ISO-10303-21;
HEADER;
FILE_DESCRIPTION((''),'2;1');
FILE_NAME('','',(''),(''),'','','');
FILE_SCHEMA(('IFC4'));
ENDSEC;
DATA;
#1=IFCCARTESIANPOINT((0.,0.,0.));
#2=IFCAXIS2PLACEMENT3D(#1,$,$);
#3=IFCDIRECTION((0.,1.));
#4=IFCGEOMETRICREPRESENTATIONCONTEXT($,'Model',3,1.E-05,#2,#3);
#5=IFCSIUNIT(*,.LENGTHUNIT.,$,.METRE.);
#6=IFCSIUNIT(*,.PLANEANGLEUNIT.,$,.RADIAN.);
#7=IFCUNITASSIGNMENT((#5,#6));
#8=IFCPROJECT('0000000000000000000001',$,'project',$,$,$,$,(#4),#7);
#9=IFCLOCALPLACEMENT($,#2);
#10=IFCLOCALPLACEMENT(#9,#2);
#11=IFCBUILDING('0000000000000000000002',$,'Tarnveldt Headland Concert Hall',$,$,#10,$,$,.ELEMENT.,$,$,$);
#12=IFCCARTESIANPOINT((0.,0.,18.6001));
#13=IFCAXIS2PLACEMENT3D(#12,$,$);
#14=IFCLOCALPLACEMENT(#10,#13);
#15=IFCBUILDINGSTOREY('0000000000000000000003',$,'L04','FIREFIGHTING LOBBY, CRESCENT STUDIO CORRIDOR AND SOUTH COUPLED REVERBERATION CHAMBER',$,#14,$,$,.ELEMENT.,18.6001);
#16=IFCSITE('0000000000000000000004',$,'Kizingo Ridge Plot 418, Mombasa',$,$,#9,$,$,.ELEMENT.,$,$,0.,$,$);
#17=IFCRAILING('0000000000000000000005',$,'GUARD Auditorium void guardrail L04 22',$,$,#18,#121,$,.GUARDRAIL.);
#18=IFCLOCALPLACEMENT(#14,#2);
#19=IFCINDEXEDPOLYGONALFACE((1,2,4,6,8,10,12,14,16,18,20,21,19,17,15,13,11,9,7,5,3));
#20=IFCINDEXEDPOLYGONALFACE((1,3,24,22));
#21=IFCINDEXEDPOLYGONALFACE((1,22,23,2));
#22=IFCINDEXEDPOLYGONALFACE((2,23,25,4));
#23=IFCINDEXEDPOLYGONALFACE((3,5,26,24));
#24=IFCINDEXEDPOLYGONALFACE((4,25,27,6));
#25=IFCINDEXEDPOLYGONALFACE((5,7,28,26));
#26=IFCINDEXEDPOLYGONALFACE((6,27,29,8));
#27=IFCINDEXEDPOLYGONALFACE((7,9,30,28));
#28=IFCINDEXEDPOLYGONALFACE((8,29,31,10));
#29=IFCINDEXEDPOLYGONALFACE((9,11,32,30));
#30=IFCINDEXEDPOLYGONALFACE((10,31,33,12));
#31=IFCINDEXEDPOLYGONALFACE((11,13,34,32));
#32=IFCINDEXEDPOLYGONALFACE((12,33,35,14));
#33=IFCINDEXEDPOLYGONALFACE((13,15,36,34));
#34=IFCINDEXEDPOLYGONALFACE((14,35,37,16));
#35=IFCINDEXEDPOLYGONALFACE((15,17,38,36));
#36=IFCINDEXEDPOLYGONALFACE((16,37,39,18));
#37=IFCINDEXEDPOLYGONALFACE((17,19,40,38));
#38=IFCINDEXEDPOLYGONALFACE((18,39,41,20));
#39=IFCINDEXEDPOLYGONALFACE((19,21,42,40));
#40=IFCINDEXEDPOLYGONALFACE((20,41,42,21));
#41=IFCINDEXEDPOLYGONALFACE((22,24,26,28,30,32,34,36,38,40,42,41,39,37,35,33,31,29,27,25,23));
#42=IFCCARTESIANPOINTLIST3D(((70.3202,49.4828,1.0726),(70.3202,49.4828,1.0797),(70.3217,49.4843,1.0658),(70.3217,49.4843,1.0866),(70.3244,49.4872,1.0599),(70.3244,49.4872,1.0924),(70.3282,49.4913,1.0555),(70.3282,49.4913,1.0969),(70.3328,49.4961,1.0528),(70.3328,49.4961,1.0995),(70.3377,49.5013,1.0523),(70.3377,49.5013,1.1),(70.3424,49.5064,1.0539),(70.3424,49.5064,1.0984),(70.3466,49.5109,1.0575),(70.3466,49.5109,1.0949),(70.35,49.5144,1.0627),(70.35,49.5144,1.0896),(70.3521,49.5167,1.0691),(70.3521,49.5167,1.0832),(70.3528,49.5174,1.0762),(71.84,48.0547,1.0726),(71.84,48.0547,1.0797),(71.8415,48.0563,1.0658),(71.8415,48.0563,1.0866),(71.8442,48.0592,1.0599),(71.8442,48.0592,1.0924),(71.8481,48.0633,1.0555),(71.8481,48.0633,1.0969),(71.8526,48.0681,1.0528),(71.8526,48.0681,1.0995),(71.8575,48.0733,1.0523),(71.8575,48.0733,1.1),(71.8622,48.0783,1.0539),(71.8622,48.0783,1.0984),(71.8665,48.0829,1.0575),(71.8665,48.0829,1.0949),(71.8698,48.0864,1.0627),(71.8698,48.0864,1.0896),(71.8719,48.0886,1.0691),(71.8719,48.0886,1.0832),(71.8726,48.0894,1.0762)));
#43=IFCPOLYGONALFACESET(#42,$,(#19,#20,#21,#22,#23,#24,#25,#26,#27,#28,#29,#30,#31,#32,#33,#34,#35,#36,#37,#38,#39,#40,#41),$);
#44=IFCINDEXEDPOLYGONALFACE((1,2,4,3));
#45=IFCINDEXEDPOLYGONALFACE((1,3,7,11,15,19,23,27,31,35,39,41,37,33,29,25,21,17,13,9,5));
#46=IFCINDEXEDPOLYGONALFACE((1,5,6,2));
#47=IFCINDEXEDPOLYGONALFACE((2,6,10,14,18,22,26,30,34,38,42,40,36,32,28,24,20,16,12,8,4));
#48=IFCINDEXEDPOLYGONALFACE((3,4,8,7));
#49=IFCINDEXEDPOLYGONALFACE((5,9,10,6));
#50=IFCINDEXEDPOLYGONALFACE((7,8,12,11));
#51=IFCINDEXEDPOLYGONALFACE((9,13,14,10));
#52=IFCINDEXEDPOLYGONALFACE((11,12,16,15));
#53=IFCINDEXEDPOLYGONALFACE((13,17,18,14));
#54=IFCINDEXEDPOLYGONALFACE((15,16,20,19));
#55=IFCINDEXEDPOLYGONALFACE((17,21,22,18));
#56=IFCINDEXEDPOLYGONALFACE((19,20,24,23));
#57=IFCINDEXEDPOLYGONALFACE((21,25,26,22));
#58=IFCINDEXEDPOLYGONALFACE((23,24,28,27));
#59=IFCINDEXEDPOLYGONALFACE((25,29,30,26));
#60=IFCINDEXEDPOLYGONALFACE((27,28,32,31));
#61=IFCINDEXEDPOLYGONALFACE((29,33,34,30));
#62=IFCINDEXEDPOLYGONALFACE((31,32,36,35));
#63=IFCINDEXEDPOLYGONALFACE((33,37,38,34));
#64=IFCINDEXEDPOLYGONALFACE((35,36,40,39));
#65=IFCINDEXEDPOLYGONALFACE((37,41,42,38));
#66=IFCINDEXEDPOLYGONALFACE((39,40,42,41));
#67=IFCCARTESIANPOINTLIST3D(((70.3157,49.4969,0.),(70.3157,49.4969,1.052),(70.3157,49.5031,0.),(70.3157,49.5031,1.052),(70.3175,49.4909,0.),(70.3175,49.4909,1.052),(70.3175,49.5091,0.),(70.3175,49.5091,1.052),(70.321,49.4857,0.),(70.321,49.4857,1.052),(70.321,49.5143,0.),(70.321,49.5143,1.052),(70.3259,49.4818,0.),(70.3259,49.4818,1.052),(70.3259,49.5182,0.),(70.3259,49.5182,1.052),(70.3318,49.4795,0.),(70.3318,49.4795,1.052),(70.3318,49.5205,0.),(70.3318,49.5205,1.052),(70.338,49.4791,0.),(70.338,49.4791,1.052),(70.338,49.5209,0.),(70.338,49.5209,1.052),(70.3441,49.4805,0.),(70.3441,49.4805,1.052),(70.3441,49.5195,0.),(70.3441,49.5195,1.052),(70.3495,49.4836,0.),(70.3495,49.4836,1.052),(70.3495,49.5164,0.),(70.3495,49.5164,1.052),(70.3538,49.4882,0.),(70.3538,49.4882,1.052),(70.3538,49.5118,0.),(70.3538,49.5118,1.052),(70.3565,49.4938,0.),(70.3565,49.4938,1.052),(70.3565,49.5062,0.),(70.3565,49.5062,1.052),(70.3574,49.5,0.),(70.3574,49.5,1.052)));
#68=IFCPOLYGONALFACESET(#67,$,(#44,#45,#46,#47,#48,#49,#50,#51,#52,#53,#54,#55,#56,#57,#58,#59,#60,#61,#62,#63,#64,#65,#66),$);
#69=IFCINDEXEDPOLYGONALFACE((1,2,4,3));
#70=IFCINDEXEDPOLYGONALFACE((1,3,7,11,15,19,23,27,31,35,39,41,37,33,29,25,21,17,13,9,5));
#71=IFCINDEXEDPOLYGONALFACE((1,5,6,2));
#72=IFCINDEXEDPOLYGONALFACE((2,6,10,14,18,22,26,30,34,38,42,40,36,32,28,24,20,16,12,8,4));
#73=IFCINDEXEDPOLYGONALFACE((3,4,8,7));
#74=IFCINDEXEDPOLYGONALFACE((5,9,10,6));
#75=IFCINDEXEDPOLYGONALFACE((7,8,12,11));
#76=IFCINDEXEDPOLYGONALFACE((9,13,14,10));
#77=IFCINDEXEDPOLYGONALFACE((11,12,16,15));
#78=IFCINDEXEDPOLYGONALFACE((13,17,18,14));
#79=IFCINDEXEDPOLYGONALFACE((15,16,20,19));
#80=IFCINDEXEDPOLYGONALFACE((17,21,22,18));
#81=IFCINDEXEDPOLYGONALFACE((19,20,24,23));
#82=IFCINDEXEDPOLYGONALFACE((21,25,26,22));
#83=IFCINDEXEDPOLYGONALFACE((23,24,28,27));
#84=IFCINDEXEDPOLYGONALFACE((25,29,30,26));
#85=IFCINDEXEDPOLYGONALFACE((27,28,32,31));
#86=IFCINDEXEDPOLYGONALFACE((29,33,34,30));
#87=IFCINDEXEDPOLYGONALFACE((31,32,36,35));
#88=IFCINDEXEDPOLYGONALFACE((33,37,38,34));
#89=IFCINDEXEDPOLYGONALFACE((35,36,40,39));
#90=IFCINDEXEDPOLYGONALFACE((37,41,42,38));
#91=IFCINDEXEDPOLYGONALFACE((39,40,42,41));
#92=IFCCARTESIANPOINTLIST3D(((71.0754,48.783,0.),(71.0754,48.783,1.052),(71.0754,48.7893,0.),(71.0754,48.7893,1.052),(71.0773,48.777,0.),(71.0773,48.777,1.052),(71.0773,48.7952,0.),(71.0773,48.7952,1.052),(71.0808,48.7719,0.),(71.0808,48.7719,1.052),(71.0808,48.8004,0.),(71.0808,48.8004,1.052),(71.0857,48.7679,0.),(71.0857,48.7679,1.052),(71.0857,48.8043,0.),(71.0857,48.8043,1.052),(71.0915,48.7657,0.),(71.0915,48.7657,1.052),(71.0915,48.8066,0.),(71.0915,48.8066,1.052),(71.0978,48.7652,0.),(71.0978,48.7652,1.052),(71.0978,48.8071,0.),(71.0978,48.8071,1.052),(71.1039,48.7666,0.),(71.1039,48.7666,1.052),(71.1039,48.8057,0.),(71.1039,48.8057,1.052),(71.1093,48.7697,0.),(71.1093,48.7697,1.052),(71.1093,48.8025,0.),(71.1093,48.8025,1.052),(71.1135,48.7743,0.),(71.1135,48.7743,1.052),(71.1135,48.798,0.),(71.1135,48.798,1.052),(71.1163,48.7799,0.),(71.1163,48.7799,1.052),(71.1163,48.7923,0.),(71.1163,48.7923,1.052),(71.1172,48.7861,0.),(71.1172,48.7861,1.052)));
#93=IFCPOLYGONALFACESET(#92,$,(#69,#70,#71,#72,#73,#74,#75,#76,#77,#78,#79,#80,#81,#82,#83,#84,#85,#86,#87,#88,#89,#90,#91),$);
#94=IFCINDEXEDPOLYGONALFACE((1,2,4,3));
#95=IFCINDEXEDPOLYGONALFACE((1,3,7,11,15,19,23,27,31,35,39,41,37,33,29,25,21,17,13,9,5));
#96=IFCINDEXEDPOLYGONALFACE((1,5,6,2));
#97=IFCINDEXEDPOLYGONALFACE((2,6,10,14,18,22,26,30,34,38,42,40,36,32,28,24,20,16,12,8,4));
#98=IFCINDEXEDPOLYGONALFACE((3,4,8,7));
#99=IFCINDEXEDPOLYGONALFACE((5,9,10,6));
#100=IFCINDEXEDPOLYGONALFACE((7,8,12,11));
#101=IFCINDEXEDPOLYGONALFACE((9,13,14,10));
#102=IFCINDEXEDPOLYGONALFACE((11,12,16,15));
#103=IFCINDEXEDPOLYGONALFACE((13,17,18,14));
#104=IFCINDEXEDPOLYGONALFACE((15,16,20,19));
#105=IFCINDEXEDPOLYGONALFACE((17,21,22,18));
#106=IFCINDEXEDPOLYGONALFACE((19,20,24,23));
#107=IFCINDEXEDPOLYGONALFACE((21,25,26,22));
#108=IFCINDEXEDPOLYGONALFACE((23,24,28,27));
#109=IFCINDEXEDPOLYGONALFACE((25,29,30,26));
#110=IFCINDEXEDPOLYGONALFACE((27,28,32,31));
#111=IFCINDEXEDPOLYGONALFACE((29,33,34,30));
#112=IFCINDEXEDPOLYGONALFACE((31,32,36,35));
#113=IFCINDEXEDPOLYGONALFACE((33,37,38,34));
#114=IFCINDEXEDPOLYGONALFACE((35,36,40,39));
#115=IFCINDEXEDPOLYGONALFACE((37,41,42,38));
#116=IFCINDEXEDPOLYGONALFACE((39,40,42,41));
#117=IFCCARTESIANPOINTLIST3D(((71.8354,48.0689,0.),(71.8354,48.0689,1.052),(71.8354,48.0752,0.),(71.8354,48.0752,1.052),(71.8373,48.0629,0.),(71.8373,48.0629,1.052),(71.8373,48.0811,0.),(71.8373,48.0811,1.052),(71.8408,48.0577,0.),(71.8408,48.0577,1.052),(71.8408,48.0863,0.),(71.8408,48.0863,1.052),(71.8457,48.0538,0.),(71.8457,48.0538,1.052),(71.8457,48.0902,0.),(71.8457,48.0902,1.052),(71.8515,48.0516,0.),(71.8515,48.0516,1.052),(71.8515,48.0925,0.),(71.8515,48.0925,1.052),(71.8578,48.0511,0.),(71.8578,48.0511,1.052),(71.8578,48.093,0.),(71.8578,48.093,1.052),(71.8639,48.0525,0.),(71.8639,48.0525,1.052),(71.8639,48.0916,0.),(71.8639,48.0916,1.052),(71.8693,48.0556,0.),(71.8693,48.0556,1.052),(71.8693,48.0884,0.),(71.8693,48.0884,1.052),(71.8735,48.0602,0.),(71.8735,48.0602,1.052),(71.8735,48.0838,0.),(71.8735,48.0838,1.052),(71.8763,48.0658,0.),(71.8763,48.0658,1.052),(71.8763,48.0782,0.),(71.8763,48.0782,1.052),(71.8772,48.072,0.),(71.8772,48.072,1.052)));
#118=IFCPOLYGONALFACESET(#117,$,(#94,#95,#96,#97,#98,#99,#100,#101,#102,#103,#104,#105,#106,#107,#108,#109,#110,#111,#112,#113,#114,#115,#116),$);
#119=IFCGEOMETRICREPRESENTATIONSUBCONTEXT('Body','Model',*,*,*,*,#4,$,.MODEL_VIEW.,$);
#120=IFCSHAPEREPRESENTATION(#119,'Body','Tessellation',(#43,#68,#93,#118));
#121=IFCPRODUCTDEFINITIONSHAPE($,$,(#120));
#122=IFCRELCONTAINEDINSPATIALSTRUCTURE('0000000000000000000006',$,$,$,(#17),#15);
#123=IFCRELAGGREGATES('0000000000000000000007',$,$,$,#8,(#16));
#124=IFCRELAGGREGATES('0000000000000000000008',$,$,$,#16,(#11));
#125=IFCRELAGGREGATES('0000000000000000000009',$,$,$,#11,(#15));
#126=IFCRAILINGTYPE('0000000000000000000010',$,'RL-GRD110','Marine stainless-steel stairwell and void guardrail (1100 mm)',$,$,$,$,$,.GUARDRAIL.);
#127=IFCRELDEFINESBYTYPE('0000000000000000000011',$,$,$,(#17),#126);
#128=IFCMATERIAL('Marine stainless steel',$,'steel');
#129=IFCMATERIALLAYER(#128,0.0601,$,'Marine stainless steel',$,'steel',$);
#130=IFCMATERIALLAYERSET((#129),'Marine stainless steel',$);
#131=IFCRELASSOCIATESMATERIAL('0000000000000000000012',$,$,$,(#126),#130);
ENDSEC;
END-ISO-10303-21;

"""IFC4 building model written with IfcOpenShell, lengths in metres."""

from ifc_helpers import new_model, si_unit, direction, frame, origin, origin_2d, place, context, subcontext, project, spatial, circle, extrude, material, layer, layer_set, type_object, element, save


model = new_model("IFC4")

# Units and contexts
model_context = context("Model", 3, precision=1e-05, world=origin(), true_north=direction((0.0, 1.0)))
body_context = subcontext(model_context, "Body", "Model", "MODEL_VIEW")
ifc_project = project(units=[si_unit("LENGTHUNIT", "METRE"), si_unit("PLANEANGLEUNIT", "RADIAN")], contexts=[model_context])

# Site, building, storey
site_placement = place(None, origin())
site = spatial("IfcSite", under=ifc_project, at=site_placement, Name="Kizingo Ridge Plot 418, Mombasa", CompositionType="ELEMENT", RefElevation=0.0)
building_placement = place(site_placement, origin())
building = spatial("IfcBuilding", under=site, at=building_placement, Name="Tarnveldt Headland Concert Hall", CompositionType="ELEMENT")
storey_placement = place(building_placement, frame((0.0, 0.0, 18.6001)))
storey = spatial("IfcBuildingStorey", under=building, at=storey_placement, Name="L04", Description="FIREFIGHTING LOBBY, CRESCENT STUDIO CORRIDOR AND SOUTH COUPLED REVERBERATION CHAMBER", CompositionType="ELEMENT", Elevation=18.6001)

# Railing
ifc_material_1 = material(Name="Marine stainless steel", Category="steel")
ifc_layer_1 = layer(ifc_material_1, 0.0601, Name="Marine stainless steel", Category="steel")
ifc_layer_set_1 = layer_set([ifc_layer_1], Name="Marine stainless steel")
railing_type_1 = type_object("IfcRailingType", Name="RL-GRD110", Description="Marine stainless-steel stairwell and void guardrail (1100 mm)", PredefinedType="GUARDRAIL", material=ifc_layer_set_1)
railing_1_placement = place(storey_placement, frame((70.3364, 49.5, 0.0)))
element("IfcRailing", 1, at=railing_1_placement, inside=storey, type_object=railing_type_1, Name="GUARD Auditorium void guardrail L04 22", PredefinedType="GUARDRAIL", context=body_context, shape_type="SweptSolid", body=[
    extrude(circle(Radius=0.0239, at=origin_2d()), frame((0.0, 0.0, 1.0762), z_axis=(0.728774, -0.684755, 0.0), x_axis=(0.684755, 0.728774, 0.0)), (0.0, 0.0, 1.0), 2.0854),
    extrude(circle(Radius=0.021, at=origin_2d()), origin(), (0.0, 0.0, 1.0), 1.052),
    extrude(circle(Radius=0.021, at=origin_2d()), frame((0.7598, -0.7139, 0.0)), (0.0, 0.0, 1.0), 1.052),
    extrude(circle(Radius=0.021, at=origin_2d()), frame((1.5198, -1.428, 0.0)), (0.0, 0.0, 1.0), 1.052),
])

save(model, "model.ifc")
